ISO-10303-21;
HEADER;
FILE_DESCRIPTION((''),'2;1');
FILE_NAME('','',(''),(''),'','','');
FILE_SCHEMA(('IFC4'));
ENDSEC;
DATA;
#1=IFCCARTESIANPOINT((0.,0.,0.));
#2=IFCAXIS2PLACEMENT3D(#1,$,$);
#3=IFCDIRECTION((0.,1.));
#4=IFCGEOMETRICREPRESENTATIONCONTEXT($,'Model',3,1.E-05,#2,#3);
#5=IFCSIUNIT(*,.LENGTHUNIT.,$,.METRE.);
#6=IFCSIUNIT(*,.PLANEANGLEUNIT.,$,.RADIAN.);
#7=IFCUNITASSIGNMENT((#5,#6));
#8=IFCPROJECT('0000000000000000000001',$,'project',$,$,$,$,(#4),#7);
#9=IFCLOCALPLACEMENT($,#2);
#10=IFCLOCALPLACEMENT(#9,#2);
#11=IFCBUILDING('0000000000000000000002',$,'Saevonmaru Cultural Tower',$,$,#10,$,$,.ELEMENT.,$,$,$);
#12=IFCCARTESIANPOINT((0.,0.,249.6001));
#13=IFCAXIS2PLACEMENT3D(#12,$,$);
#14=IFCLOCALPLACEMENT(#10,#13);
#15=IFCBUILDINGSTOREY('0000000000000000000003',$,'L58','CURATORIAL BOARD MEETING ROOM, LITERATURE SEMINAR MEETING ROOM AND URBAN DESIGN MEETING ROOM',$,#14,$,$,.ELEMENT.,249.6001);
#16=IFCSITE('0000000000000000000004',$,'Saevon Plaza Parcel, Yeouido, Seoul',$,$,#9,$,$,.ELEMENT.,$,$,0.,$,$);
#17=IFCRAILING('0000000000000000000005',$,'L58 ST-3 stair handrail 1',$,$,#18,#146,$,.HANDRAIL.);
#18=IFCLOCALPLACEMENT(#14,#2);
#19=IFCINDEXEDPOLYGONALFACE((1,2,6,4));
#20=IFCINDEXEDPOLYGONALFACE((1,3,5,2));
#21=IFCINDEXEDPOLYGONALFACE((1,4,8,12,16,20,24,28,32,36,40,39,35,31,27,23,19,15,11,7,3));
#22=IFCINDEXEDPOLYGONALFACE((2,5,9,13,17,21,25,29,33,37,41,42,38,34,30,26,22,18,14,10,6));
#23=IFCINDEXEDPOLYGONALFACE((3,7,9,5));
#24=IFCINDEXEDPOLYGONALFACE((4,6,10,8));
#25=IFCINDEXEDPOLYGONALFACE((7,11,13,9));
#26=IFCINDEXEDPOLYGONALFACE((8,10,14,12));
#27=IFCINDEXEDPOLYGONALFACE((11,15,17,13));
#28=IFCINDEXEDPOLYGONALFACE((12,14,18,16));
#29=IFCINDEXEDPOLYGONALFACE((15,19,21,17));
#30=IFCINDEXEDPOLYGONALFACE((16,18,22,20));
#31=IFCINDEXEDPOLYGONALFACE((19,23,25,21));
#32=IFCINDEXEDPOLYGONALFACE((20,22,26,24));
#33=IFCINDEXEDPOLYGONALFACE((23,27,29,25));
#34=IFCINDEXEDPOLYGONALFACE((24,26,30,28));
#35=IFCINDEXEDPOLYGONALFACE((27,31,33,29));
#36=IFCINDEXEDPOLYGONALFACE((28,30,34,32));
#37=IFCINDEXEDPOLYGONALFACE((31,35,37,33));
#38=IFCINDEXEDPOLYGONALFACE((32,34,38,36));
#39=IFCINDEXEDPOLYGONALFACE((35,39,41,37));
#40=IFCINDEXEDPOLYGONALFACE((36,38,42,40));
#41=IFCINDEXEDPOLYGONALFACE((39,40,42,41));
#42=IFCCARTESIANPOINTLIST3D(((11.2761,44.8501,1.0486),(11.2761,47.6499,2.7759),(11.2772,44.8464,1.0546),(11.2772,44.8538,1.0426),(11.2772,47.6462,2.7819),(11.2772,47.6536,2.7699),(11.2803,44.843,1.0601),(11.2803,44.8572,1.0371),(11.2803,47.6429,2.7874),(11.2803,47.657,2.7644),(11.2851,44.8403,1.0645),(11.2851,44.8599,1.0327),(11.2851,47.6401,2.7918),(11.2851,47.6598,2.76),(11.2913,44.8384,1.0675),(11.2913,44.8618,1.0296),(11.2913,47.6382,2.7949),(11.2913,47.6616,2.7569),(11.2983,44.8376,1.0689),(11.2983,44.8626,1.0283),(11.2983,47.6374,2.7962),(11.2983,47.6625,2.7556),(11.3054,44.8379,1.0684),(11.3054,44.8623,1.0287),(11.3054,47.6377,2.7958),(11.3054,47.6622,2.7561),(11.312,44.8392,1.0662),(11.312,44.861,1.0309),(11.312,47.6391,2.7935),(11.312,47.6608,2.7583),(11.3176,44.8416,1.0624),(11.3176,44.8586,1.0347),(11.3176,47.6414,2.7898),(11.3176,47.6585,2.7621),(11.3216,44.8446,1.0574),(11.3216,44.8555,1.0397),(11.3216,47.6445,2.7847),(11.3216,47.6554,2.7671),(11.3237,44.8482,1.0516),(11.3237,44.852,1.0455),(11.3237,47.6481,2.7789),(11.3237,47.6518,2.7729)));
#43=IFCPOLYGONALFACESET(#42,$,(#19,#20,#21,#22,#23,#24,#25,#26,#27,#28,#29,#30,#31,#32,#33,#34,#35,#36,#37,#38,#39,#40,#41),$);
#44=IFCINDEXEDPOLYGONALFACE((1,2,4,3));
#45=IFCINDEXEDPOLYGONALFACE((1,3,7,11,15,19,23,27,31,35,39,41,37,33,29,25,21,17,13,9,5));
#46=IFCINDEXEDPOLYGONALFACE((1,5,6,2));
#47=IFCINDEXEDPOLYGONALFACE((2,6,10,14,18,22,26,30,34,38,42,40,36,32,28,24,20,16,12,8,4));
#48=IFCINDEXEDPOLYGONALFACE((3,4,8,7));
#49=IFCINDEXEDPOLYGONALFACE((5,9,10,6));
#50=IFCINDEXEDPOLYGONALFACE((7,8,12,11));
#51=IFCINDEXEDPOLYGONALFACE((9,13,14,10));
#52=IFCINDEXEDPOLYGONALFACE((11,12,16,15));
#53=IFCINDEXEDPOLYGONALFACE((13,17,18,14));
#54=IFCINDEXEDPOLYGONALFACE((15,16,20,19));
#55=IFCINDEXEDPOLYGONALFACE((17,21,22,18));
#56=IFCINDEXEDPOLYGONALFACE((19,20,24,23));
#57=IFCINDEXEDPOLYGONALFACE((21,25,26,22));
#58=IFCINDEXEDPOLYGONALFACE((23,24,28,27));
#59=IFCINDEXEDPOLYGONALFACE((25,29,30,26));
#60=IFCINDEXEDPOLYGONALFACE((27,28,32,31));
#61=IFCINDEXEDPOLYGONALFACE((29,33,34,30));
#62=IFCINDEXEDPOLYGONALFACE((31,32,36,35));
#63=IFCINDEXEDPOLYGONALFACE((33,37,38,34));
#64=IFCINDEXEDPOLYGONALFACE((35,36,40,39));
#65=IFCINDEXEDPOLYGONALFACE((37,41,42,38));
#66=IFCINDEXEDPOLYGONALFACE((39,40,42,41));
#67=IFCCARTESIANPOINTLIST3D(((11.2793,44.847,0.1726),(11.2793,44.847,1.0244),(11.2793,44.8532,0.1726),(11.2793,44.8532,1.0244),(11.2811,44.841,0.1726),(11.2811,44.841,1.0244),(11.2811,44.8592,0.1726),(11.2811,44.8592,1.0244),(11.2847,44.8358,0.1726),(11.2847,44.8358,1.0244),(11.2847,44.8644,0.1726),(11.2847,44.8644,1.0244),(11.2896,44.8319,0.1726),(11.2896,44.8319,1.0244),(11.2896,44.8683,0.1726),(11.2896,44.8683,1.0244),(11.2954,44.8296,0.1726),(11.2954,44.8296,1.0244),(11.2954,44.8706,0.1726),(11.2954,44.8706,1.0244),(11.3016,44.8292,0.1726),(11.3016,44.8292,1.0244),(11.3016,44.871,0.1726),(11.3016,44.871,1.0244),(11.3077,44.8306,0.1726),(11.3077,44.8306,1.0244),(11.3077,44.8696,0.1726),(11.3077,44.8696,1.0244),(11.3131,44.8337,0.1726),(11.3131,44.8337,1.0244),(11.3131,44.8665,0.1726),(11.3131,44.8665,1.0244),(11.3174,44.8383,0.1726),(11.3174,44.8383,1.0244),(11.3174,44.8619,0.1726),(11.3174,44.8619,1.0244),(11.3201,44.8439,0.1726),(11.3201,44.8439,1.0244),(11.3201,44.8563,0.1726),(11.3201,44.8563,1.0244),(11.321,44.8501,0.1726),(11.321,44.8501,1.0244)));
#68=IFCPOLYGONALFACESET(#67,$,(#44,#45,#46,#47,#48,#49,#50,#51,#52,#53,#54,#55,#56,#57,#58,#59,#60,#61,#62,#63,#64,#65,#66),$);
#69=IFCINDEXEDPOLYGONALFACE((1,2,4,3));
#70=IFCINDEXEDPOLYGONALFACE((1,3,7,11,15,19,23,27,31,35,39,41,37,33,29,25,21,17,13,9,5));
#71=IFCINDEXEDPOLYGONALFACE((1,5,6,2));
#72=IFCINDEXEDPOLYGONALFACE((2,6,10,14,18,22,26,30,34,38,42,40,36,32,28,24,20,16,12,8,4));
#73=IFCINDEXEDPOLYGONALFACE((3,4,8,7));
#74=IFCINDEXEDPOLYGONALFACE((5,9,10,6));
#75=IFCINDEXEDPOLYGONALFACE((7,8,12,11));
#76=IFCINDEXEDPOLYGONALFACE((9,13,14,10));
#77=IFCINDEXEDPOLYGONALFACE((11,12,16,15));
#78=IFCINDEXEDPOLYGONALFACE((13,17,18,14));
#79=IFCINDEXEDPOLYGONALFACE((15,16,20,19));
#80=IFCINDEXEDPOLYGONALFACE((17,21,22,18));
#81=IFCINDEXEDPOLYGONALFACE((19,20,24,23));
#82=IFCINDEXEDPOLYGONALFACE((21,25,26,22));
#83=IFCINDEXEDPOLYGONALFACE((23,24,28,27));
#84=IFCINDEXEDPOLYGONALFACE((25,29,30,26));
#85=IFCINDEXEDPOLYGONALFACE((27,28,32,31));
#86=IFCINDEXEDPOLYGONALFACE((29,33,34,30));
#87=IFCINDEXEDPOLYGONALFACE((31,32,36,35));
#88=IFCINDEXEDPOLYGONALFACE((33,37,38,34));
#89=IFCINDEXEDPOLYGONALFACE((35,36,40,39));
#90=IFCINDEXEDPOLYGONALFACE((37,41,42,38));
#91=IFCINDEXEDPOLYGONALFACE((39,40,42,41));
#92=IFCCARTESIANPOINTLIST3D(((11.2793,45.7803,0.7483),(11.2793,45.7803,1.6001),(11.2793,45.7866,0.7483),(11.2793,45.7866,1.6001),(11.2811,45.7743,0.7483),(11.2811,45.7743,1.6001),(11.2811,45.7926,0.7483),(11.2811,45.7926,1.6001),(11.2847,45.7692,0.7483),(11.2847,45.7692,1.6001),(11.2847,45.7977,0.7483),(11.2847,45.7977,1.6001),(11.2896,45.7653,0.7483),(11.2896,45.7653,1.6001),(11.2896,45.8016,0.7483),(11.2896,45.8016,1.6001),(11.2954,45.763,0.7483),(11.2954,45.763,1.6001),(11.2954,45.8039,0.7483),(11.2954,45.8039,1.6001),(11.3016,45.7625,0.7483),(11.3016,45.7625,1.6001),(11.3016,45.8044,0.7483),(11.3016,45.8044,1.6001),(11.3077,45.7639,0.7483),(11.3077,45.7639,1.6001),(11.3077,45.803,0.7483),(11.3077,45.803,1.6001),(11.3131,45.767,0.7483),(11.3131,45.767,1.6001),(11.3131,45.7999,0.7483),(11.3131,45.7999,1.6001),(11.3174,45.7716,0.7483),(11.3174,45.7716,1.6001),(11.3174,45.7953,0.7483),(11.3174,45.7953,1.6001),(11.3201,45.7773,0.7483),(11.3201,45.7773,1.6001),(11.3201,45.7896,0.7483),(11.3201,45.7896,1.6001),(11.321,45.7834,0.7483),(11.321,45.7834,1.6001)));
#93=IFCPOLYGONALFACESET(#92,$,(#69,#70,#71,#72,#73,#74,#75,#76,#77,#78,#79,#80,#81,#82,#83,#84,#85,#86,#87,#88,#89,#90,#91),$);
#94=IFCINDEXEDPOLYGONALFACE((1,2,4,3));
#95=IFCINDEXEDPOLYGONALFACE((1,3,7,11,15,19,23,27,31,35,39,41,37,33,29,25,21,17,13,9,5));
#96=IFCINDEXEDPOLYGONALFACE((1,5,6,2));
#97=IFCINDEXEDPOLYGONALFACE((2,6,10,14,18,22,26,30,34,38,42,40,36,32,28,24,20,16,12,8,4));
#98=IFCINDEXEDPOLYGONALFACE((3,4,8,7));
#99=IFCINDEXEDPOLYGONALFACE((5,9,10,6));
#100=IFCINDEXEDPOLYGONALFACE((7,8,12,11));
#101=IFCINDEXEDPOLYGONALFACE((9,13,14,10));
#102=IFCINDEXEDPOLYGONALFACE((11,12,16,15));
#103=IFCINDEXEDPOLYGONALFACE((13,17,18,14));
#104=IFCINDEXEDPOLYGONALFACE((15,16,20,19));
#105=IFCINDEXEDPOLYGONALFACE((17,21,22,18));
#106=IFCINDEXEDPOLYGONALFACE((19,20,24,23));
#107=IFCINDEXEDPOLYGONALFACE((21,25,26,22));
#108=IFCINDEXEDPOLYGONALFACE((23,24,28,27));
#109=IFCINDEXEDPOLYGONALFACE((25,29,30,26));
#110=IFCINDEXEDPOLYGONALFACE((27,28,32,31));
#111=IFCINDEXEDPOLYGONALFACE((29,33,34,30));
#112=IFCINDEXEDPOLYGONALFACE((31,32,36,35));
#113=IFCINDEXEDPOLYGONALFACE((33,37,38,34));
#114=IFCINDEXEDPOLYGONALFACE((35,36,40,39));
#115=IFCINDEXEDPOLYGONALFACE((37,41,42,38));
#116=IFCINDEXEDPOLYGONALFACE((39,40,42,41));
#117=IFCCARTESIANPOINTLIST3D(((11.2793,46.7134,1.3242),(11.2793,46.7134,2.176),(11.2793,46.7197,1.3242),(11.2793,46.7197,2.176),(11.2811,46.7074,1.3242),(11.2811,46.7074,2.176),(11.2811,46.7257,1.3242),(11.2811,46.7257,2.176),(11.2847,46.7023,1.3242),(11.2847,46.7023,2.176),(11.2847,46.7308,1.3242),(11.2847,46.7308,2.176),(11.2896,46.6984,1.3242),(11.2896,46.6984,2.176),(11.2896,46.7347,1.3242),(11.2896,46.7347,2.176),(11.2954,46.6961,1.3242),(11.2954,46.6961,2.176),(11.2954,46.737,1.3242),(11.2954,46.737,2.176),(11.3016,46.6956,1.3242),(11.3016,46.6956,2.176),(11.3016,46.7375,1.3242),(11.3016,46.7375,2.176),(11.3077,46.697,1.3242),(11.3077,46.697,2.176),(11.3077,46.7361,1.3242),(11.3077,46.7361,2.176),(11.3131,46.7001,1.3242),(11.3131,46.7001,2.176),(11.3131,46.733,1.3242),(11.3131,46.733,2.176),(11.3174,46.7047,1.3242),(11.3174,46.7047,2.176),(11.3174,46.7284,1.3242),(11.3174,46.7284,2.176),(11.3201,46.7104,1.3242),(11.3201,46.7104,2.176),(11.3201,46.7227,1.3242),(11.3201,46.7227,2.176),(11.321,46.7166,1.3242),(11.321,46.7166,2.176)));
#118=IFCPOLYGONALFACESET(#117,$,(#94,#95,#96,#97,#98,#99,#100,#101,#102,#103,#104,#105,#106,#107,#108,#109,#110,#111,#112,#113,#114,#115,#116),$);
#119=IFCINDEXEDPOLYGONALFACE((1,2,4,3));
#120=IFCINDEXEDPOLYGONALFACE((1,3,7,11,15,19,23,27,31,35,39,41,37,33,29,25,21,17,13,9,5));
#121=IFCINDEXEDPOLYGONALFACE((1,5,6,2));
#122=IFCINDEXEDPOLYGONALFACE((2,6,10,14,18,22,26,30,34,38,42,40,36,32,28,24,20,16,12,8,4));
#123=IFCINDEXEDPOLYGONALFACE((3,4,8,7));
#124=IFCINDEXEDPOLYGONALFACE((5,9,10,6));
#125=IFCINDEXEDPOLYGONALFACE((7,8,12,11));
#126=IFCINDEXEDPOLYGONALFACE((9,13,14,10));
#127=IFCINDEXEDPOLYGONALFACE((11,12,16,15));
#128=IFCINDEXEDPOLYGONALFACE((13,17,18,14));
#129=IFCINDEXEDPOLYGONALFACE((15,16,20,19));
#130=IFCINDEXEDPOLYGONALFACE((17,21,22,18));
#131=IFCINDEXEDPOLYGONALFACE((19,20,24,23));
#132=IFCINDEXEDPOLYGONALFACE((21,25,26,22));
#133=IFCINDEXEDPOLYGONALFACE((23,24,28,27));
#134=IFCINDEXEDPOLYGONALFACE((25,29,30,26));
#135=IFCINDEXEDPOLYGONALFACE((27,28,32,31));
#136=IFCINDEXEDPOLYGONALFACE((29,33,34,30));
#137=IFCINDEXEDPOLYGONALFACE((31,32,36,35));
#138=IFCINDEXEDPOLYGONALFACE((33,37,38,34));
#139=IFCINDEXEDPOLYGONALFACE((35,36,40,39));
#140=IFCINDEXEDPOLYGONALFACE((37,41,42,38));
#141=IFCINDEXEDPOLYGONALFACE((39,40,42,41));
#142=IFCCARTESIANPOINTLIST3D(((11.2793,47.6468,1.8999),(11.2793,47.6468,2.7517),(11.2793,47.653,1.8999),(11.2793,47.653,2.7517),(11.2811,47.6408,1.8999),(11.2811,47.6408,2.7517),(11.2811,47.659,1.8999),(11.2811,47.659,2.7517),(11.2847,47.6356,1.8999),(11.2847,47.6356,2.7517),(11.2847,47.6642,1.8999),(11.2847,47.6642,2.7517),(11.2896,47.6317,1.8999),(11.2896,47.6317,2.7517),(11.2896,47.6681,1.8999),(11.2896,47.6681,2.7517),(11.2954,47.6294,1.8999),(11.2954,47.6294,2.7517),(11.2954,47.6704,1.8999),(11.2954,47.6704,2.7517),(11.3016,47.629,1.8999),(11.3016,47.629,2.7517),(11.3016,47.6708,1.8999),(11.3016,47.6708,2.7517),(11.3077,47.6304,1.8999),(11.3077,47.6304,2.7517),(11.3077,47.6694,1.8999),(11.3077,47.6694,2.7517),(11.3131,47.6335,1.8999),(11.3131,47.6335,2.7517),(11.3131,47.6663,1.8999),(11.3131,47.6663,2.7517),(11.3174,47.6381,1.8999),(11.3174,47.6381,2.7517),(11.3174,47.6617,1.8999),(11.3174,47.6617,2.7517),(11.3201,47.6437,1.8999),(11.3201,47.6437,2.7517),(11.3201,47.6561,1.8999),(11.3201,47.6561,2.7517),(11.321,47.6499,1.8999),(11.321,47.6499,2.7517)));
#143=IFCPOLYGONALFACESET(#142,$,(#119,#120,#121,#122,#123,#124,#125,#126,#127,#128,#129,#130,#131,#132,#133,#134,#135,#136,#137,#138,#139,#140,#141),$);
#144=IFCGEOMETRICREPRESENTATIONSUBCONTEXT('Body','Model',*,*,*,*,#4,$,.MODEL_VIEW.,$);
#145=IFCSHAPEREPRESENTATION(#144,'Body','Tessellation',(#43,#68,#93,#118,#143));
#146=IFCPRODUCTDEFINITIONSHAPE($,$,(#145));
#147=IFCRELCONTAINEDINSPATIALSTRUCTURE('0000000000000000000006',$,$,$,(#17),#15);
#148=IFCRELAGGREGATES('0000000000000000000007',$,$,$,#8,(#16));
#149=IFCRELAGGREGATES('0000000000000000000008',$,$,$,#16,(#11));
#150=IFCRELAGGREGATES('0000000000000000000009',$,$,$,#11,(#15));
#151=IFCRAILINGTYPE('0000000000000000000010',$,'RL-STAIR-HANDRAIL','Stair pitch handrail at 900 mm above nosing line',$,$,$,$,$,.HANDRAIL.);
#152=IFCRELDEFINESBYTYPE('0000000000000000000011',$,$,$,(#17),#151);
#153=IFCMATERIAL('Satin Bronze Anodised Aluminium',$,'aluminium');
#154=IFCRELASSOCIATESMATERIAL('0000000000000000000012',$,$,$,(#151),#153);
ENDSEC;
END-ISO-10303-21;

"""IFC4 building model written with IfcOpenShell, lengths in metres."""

from ifc_helpers import new_model, si_unit, direction, frame, origin, origin_2d, place, context, subcontext, project, spatial, circle, extrude, material, type_object, element, save


model = new_model("IFC4")

# Units and contexts
model_context = context("Model", 3, precision=1e-05, world=origin(), true_north=direction((0.0, 1.0)))
body_context = subcontext(model_context, "Body", "Model", "MODEL_VIEW")
ifc_project = project(units=[si_unit("LENGTHUNIT", "METRE"), si_unit("PLANEANGLEUNIT", "RADIAN")], contexts=[model_context])

# Site, building, storey
site_placement = place(None, origin())
site = spatial("IfcSite", under=ifc_project, at=site_placement, Name="Saevon Plaza Parcel, Yeouido, Seoul", CompositionType="ELEMENT", RefElevation=0.0)
building_placement = place(site_placement, origin())
building = spatial("IfcBuilding", under=site, at=building_placement, Name="Saevonmaru Cultural Tower", CompositionType="ELEMENT")
storey_placement = place(building_placement, frame((0.0, 0.0, 249.6001)))
storey = spatial("IfcBuildingStorey", under=building, at=storey_placement, Name="L58", Description="CURATORIAL BOARD MEETING ROOM, LITERATURE SEMINAR MEETING ROOM AND URBAN DESIGN MEETING ROOM", CompositionType="ELEMENT", Elevation=249.6001)

# Shared definitions
ifc_material_1 = material(Name="Satin Bronze Anodised Aluminium", Category="aluminium")

# Railing
railing_type_1 = type_object("IfcRailingType", Name="RL-STAIR-HANDRAIL", Description="Stair pitch handrail at 900 mm above nosing line", PredefinedType="HANDRAIL", material=ifc_material_1)
railing_1_placement = place(storey_placement, frame((11.3, 44.8501, 0.1726)))
element("IfcRailing", 1, at=railing_1_placement, inside=storey, type_object=railing_type_1, Name="L58 ST-3 stair handrail 1", PredefinedType="HANDRAIL", context=body_context, shape_type="SweptSolid", body=[
    extrude(circle(Radius=0.0239, at=origin_2d()), frame((0.0, 0.0, 0.876), z_axis=(0.0, 0.851069, 0.525054), x_axis=(-1.0, 0.0, 0.0)), (0.0, 0.0, 1.0), 3.2898),
    extrude(circle(Radius=0.021, at=origin_2d()), origin(), (0.0, 0.0, 1.0), 0.8518),
    extrude(circle(Radius=0.021, at=origin_2d()), frame((0.0, 0.9333, 0.5757)), (0.0, 0.0, 1.0), 0.8518),
    extrude(circle(Radius=0.021, at=origin_2d()), frame((0.0, 1.8665, 1.1516)), (0.0, 0.0, 1.0), 0.8518),
    extrude(circle(Radius=0.021, at=origin_2d()), frame((0.0, 2.7998, 1.7273)), (0.0, 0.0, 1.0), 0.8518),
])

save(model, "model.ifc")
